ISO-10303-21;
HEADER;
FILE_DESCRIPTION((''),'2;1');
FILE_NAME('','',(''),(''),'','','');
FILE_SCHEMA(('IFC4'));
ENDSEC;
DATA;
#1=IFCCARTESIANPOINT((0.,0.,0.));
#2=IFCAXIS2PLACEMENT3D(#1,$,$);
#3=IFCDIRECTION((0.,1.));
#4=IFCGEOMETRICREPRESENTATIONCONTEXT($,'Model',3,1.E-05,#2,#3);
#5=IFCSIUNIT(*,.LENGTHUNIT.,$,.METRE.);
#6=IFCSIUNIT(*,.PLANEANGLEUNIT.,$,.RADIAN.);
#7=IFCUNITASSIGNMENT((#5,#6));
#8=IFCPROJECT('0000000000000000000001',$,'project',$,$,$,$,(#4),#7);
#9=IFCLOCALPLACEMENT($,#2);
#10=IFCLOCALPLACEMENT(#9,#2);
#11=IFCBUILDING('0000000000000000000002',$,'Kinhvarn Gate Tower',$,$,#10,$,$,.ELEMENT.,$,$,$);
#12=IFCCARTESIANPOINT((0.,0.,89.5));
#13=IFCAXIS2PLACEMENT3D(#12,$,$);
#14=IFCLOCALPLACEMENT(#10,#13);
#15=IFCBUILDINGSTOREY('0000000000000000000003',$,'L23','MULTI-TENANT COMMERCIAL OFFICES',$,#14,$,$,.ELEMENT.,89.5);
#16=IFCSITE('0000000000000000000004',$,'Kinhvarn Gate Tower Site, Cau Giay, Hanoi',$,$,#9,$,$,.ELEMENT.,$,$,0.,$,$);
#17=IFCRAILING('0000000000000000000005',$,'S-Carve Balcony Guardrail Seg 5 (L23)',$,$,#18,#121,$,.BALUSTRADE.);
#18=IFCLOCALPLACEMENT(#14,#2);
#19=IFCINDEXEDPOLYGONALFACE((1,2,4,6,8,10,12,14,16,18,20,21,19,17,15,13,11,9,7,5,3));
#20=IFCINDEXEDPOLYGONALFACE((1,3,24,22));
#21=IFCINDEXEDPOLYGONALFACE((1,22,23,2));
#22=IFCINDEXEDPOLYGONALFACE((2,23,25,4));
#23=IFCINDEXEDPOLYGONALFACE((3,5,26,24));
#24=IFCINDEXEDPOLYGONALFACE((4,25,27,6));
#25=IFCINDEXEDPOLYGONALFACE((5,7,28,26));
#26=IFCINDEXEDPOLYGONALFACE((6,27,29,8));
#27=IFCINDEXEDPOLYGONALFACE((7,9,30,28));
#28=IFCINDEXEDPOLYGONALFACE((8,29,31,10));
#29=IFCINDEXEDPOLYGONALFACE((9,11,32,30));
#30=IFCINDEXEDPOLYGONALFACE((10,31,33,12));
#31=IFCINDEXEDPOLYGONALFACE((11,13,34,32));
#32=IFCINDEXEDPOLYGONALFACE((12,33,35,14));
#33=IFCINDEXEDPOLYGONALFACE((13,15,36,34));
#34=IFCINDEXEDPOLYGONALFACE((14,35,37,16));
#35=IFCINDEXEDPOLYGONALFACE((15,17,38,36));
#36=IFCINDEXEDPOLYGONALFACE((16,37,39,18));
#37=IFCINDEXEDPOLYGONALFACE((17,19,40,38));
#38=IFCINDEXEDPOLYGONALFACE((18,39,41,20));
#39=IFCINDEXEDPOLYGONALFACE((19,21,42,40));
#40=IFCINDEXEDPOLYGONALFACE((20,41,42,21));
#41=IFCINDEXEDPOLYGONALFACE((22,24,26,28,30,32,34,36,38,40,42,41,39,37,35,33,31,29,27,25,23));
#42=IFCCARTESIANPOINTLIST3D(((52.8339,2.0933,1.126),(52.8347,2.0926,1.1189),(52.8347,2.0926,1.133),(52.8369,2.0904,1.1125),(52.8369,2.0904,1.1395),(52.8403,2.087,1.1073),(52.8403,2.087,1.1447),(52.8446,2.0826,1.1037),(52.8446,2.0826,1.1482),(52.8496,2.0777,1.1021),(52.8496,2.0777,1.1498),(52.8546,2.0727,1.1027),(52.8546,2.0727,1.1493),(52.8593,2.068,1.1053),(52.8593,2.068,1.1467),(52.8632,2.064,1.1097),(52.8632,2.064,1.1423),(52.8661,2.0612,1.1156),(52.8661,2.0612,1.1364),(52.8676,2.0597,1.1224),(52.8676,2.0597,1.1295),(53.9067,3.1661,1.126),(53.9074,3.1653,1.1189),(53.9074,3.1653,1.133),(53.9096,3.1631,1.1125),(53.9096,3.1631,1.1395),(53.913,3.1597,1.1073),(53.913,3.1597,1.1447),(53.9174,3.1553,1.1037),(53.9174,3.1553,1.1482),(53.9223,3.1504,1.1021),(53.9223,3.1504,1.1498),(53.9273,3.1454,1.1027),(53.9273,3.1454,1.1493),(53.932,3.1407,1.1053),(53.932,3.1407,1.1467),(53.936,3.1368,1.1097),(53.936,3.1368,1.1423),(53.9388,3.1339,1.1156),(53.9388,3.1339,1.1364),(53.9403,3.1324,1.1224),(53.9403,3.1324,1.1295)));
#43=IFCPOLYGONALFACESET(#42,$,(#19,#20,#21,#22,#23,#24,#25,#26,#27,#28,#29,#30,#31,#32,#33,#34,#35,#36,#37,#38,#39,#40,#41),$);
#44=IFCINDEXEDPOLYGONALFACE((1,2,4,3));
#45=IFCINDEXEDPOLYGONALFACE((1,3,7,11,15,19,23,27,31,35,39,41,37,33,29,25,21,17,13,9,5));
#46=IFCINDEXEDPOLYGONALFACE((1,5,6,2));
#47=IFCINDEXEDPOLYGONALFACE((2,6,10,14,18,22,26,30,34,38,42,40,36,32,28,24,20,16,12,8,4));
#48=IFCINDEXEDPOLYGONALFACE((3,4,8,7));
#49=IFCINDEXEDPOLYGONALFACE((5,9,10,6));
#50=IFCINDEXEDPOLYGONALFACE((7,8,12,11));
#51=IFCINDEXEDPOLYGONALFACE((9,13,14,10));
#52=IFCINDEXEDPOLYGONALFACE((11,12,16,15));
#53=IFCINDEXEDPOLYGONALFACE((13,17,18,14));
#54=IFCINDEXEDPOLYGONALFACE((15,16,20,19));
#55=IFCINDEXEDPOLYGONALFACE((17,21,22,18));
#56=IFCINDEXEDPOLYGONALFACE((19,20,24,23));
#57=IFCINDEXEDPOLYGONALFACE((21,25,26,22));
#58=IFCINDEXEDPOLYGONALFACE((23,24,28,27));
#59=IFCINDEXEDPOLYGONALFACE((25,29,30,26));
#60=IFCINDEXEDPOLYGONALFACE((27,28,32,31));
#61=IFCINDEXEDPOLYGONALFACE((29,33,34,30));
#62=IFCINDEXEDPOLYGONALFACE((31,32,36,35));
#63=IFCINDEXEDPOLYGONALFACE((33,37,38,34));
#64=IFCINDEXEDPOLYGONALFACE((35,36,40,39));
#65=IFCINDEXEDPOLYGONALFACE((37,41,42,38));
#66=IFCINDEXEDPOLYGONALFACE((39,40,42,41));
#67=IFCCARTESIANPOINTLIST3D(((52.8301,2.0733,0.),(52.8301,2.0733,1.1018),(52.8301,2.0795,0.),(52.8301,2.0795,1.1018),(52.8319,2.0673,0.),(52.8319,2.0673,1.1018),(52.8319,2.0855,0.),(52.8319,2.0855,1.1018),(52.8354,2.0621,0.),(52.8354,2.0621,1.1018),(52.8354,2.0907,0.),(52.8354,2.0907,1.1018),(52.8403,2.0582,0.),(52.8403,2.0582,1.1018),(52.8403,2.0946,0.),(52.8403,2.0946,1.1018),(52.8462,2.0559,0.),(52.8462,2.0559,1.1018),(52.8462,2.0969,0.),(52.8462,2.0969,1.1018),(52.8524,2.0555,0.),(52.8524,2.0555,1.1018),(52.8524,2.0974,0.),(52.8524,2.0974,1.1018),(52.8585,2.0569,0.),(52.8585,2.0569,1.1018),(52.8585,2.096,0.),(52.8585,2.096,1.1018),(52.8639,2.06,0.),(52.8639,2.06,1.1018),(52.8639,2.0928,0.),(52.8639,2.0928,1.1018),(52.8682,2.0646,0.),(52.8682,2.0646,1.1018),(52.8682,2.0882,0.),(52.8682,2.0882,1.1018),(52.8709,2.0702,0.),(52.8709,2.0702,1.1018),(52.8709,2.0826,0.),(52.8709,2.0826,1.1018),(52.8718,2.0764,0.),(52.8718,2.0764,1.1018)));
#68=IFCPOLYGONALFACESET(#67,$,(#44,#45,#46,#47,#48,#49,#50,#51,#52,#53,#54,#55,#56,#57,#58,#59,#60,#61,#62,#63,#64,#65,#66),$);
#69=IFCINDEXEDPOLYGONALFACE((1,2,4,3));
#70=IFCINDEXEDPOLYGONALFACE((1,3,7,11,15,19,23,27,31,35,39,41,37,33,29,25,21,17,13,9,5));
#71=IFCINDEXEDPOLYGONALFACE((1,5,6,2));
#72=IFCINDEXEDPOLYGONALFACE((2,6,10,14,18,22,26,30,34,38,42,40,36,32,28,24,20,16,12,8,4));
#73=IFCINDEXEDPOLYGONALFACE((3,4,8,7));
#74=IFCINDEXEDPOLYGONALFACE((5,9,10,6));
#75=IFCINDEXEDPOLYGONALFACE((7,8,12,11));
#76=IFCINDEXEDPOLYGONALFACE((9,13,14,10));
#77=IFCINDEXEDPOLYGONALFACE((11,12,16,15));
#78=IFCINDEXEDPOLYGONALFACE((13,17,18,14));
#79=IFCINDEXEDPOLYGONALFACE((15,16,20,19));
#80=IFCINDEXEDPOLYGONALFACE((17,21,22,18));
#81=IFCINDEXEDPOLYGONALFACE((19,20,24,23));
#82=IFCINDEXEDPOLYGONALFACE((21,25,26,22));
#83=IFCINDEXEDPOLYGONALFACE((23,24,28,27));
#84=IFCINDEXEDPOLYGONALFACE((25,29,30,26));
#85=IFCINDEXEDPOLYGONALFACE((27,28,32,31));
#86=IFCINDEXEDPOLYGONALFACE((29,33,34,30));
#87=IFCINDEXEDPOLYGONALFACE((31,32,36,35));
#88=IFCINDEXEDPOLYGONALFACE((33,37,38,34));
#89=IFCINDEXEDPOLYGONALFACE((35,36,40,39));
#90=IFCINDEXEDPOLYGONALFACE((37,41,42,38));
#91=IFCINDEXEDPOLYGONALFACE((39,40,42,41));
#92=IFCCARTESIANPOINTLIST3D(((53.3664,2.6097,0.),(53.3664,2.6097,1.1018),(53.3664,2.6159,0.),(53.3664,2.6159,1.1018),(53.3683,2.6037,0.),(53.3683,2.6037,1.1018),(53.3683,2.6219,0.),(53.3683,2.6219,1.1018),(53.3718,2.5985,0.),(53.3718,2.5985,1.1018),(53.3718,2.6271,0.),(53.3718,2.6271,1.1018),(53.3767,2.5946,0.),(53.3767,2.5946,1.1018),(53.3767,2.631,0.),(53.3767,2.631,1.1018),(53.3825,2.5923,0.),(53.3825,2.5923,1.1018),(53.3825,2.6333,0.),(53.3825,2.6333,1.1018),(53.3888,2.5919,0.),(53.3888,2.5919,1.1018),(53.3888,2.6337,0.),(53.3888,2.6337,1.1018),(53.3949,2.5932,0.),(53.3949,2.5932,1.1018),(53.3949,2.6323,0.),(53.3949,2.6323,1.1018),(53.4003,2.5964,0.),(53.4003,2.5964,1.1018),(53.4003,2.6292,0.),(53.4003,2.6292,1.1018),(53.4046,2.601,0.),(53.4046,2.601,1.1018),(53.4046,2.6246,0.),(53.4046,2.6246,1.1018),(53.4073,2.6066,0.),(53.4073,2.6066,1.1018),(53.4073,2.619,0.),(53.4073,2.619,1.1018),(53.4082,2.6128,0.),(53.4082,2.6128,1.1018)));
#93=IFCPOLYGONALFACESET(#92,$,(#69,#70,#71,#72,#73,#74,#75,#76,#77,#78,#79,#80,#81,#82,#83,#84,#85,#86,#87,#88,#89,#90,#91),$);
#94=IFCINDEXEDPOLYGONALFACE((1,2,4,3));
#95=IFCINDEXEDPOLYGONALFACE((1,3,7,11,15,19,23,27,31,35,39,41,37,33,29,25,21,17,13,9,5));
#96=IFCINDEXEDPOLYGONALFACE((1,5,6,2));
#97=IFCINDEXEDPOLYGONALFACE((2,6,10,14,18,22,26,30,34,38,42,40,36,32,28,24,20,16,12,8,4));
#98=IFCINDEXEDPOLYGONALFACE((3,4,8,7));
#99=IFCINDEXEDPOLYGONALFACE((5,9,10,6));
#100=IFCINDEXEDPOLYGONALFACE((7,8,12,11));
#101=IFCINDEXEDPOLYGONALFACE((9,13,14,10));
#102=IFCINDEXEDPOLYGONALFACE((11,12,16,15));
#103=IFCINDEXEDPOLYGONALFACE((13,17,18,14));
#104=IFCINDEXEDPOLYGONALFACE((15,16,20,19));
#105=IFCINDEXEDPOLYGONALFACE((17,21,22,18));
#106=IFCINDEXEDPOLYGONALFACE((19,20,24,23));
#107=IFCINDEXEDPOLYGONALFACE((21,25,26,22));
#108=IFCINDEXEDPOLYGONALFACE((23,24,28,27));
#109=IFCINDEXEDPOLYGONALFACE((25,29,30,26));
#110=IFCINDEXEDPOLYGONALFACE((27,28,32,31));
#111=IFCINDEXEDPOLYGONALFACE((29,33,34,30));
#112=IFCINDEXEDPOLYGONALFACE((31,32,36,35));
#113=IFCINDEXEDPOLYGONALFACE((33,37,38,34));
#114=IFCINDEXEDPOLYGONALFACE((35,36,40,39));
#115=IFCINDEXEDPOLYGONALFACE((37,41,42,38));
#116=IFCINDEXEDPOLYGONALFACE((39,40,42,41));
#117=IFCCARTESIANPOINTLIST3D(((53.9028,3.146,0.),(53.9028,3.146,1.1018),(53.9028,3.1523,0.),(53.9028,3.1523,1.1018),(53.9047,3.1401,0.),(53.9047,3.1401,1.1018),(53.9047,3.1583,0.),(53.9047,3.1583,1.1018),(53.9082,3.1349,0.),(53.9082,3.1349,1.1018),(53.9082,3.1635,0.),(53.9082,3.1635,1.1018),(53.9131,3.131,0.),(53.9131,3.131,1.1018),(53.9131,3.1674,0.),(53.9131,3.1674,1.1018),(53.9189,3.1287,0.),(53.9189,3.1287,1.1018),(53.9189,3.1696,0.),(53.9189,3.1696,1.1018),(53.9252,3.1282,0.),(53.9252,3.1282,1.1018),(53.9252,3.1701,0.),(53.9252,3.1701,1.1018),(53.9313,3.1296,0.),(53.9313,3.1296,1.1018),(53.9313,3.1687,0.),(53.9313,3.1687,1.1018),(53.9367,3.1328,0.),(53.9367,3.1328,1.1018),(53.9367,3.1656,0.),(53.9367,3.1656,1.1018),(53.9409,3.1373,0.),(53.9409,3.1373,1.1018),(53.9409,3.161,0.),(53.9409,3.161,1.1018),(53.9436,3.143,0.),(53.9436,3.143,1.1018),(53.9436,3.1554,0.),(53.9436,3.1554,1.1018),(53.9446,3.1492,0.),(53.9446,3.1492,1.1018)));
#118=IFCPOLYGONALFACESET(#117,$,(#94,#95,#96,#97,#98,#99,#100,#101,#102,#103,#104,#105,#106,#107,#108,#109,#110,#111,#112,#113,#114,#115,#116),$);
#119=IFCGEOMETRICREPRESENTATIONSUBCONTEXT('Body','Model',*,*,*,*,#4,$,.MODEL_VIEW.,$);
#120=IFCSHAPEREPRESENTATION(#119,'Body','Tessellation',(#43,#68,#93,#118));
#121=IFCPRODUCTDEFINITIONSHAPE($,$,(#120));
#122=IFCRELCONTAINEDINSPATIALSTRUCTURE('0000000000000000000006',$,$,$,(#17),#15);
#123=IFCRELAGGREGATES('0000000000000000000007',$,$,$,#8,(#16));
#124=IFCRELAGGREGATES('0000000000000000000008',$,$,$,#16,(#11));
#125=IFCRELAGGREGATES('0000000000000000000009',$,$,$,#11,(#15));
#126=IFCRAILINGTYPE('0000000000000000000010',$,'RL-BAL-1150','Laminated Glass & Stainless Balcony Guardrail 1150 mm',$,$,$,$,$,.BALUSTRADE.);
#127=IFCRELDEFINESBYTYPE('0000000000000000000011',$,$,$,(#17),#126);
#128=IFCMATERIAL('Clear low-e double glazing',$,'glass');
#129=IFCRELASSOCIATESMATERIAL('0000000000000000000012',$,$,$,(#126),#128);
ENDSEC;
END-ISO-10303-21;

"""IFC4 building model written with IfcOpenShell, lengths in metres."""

from ifc_helpers import new_model, si_unit, direction, frame, origin, origin_2d, place, context, subcontext, project, spatial, circle, extrude, material, type_object, element, save


model = new_model("IFC4")

# Units and contexts
model_context = context("Model", 3, precision=1e-05, world=origin(), true_north=direction((0.0, 1.0)))
body_context = subcontext(model_context, "Body", "Model", "MODEL_VIEW")
ifc_project = project(units=[si_unit("LENGTHUNIT", "METRE"), si_unit("PLANEANGLEUNIT", "RADIAN")], contexts=[model_context])

# Site, building, storey
site_placement = place(None, origin())
site = spatial("IfcSite", under=ifc_project, at=site_placement, Name="Kinhvarn Gate Tower Site, Cau Giay, Hanoi", CompositionType="ELEMENT", RefElevation=0.0)
building_placement = place(site_placement, origin())
building = spatial("IfcBuilding", under=site, at=building_placement, Name="Kinhvarn Gate Tower", CompositionType="ELEMENT")
storey_placement = place(building_placement, frame((0.0, 0.0, 89.5)))
storey = spatial("IfcBuildingStorey", under=building, at=storey_placement, Name="L23", Description="MULTI-TENANT COMMERCIAL OFFICES", CompositionType="ELEMENT", Elevation=89.5)

# Shared definitions
ifc_material_1 = material(Name="Clear low-e double glazing", Category="glass")

# Railing
railing_type = type_object("IfcRailingType", Name="RL-BAL-1150", Description="Laminated Glass & Stainless Balcony Guardrail 1150 mm", PredefinedType="BALUSTRADE", material=ifc_material_1)
railing_1_placement = place(storey_placement, frame((52.8508, 2.0764, 0.0)))
element("IfcRailing", 1, at=railing_1_placement, inside=storey, type_object=railing_type, Name="S-Carve Balcony Guardrail Seg 5 (L23)", PredefinedType="BALUSTRADE", context=body_context, shape_type="SweptSolid", body=[
    extrude(circle(Radius=0.0239, at=origin_2d()), frame((0.0, 0.0, 1.126), z_axis=(0.707107, 0.707107, 0.0), x_axis=(-0.707107, 0.707107, 0.0)), (0.0, 0.0, 1.0), 1.5171),
    extrude(circle(Radius=0.021, at=origin_2d()), origin(), (0.0, 0.0, 1.0), 1.1018),
    extrude(circle(Radius=0.021, at=origin_2d()), frame((0.5364, 0.5364, 0.0)), (0.0, 0.0, 1.0), 1.1018),
    extrude(circle(Radius=0.021, at=origin_2d()), frame((1.0728, 1.0728, 0.0)), (0.0, 0.0, 1.0), 1.1018),
])

save(model, "model.ifc")
